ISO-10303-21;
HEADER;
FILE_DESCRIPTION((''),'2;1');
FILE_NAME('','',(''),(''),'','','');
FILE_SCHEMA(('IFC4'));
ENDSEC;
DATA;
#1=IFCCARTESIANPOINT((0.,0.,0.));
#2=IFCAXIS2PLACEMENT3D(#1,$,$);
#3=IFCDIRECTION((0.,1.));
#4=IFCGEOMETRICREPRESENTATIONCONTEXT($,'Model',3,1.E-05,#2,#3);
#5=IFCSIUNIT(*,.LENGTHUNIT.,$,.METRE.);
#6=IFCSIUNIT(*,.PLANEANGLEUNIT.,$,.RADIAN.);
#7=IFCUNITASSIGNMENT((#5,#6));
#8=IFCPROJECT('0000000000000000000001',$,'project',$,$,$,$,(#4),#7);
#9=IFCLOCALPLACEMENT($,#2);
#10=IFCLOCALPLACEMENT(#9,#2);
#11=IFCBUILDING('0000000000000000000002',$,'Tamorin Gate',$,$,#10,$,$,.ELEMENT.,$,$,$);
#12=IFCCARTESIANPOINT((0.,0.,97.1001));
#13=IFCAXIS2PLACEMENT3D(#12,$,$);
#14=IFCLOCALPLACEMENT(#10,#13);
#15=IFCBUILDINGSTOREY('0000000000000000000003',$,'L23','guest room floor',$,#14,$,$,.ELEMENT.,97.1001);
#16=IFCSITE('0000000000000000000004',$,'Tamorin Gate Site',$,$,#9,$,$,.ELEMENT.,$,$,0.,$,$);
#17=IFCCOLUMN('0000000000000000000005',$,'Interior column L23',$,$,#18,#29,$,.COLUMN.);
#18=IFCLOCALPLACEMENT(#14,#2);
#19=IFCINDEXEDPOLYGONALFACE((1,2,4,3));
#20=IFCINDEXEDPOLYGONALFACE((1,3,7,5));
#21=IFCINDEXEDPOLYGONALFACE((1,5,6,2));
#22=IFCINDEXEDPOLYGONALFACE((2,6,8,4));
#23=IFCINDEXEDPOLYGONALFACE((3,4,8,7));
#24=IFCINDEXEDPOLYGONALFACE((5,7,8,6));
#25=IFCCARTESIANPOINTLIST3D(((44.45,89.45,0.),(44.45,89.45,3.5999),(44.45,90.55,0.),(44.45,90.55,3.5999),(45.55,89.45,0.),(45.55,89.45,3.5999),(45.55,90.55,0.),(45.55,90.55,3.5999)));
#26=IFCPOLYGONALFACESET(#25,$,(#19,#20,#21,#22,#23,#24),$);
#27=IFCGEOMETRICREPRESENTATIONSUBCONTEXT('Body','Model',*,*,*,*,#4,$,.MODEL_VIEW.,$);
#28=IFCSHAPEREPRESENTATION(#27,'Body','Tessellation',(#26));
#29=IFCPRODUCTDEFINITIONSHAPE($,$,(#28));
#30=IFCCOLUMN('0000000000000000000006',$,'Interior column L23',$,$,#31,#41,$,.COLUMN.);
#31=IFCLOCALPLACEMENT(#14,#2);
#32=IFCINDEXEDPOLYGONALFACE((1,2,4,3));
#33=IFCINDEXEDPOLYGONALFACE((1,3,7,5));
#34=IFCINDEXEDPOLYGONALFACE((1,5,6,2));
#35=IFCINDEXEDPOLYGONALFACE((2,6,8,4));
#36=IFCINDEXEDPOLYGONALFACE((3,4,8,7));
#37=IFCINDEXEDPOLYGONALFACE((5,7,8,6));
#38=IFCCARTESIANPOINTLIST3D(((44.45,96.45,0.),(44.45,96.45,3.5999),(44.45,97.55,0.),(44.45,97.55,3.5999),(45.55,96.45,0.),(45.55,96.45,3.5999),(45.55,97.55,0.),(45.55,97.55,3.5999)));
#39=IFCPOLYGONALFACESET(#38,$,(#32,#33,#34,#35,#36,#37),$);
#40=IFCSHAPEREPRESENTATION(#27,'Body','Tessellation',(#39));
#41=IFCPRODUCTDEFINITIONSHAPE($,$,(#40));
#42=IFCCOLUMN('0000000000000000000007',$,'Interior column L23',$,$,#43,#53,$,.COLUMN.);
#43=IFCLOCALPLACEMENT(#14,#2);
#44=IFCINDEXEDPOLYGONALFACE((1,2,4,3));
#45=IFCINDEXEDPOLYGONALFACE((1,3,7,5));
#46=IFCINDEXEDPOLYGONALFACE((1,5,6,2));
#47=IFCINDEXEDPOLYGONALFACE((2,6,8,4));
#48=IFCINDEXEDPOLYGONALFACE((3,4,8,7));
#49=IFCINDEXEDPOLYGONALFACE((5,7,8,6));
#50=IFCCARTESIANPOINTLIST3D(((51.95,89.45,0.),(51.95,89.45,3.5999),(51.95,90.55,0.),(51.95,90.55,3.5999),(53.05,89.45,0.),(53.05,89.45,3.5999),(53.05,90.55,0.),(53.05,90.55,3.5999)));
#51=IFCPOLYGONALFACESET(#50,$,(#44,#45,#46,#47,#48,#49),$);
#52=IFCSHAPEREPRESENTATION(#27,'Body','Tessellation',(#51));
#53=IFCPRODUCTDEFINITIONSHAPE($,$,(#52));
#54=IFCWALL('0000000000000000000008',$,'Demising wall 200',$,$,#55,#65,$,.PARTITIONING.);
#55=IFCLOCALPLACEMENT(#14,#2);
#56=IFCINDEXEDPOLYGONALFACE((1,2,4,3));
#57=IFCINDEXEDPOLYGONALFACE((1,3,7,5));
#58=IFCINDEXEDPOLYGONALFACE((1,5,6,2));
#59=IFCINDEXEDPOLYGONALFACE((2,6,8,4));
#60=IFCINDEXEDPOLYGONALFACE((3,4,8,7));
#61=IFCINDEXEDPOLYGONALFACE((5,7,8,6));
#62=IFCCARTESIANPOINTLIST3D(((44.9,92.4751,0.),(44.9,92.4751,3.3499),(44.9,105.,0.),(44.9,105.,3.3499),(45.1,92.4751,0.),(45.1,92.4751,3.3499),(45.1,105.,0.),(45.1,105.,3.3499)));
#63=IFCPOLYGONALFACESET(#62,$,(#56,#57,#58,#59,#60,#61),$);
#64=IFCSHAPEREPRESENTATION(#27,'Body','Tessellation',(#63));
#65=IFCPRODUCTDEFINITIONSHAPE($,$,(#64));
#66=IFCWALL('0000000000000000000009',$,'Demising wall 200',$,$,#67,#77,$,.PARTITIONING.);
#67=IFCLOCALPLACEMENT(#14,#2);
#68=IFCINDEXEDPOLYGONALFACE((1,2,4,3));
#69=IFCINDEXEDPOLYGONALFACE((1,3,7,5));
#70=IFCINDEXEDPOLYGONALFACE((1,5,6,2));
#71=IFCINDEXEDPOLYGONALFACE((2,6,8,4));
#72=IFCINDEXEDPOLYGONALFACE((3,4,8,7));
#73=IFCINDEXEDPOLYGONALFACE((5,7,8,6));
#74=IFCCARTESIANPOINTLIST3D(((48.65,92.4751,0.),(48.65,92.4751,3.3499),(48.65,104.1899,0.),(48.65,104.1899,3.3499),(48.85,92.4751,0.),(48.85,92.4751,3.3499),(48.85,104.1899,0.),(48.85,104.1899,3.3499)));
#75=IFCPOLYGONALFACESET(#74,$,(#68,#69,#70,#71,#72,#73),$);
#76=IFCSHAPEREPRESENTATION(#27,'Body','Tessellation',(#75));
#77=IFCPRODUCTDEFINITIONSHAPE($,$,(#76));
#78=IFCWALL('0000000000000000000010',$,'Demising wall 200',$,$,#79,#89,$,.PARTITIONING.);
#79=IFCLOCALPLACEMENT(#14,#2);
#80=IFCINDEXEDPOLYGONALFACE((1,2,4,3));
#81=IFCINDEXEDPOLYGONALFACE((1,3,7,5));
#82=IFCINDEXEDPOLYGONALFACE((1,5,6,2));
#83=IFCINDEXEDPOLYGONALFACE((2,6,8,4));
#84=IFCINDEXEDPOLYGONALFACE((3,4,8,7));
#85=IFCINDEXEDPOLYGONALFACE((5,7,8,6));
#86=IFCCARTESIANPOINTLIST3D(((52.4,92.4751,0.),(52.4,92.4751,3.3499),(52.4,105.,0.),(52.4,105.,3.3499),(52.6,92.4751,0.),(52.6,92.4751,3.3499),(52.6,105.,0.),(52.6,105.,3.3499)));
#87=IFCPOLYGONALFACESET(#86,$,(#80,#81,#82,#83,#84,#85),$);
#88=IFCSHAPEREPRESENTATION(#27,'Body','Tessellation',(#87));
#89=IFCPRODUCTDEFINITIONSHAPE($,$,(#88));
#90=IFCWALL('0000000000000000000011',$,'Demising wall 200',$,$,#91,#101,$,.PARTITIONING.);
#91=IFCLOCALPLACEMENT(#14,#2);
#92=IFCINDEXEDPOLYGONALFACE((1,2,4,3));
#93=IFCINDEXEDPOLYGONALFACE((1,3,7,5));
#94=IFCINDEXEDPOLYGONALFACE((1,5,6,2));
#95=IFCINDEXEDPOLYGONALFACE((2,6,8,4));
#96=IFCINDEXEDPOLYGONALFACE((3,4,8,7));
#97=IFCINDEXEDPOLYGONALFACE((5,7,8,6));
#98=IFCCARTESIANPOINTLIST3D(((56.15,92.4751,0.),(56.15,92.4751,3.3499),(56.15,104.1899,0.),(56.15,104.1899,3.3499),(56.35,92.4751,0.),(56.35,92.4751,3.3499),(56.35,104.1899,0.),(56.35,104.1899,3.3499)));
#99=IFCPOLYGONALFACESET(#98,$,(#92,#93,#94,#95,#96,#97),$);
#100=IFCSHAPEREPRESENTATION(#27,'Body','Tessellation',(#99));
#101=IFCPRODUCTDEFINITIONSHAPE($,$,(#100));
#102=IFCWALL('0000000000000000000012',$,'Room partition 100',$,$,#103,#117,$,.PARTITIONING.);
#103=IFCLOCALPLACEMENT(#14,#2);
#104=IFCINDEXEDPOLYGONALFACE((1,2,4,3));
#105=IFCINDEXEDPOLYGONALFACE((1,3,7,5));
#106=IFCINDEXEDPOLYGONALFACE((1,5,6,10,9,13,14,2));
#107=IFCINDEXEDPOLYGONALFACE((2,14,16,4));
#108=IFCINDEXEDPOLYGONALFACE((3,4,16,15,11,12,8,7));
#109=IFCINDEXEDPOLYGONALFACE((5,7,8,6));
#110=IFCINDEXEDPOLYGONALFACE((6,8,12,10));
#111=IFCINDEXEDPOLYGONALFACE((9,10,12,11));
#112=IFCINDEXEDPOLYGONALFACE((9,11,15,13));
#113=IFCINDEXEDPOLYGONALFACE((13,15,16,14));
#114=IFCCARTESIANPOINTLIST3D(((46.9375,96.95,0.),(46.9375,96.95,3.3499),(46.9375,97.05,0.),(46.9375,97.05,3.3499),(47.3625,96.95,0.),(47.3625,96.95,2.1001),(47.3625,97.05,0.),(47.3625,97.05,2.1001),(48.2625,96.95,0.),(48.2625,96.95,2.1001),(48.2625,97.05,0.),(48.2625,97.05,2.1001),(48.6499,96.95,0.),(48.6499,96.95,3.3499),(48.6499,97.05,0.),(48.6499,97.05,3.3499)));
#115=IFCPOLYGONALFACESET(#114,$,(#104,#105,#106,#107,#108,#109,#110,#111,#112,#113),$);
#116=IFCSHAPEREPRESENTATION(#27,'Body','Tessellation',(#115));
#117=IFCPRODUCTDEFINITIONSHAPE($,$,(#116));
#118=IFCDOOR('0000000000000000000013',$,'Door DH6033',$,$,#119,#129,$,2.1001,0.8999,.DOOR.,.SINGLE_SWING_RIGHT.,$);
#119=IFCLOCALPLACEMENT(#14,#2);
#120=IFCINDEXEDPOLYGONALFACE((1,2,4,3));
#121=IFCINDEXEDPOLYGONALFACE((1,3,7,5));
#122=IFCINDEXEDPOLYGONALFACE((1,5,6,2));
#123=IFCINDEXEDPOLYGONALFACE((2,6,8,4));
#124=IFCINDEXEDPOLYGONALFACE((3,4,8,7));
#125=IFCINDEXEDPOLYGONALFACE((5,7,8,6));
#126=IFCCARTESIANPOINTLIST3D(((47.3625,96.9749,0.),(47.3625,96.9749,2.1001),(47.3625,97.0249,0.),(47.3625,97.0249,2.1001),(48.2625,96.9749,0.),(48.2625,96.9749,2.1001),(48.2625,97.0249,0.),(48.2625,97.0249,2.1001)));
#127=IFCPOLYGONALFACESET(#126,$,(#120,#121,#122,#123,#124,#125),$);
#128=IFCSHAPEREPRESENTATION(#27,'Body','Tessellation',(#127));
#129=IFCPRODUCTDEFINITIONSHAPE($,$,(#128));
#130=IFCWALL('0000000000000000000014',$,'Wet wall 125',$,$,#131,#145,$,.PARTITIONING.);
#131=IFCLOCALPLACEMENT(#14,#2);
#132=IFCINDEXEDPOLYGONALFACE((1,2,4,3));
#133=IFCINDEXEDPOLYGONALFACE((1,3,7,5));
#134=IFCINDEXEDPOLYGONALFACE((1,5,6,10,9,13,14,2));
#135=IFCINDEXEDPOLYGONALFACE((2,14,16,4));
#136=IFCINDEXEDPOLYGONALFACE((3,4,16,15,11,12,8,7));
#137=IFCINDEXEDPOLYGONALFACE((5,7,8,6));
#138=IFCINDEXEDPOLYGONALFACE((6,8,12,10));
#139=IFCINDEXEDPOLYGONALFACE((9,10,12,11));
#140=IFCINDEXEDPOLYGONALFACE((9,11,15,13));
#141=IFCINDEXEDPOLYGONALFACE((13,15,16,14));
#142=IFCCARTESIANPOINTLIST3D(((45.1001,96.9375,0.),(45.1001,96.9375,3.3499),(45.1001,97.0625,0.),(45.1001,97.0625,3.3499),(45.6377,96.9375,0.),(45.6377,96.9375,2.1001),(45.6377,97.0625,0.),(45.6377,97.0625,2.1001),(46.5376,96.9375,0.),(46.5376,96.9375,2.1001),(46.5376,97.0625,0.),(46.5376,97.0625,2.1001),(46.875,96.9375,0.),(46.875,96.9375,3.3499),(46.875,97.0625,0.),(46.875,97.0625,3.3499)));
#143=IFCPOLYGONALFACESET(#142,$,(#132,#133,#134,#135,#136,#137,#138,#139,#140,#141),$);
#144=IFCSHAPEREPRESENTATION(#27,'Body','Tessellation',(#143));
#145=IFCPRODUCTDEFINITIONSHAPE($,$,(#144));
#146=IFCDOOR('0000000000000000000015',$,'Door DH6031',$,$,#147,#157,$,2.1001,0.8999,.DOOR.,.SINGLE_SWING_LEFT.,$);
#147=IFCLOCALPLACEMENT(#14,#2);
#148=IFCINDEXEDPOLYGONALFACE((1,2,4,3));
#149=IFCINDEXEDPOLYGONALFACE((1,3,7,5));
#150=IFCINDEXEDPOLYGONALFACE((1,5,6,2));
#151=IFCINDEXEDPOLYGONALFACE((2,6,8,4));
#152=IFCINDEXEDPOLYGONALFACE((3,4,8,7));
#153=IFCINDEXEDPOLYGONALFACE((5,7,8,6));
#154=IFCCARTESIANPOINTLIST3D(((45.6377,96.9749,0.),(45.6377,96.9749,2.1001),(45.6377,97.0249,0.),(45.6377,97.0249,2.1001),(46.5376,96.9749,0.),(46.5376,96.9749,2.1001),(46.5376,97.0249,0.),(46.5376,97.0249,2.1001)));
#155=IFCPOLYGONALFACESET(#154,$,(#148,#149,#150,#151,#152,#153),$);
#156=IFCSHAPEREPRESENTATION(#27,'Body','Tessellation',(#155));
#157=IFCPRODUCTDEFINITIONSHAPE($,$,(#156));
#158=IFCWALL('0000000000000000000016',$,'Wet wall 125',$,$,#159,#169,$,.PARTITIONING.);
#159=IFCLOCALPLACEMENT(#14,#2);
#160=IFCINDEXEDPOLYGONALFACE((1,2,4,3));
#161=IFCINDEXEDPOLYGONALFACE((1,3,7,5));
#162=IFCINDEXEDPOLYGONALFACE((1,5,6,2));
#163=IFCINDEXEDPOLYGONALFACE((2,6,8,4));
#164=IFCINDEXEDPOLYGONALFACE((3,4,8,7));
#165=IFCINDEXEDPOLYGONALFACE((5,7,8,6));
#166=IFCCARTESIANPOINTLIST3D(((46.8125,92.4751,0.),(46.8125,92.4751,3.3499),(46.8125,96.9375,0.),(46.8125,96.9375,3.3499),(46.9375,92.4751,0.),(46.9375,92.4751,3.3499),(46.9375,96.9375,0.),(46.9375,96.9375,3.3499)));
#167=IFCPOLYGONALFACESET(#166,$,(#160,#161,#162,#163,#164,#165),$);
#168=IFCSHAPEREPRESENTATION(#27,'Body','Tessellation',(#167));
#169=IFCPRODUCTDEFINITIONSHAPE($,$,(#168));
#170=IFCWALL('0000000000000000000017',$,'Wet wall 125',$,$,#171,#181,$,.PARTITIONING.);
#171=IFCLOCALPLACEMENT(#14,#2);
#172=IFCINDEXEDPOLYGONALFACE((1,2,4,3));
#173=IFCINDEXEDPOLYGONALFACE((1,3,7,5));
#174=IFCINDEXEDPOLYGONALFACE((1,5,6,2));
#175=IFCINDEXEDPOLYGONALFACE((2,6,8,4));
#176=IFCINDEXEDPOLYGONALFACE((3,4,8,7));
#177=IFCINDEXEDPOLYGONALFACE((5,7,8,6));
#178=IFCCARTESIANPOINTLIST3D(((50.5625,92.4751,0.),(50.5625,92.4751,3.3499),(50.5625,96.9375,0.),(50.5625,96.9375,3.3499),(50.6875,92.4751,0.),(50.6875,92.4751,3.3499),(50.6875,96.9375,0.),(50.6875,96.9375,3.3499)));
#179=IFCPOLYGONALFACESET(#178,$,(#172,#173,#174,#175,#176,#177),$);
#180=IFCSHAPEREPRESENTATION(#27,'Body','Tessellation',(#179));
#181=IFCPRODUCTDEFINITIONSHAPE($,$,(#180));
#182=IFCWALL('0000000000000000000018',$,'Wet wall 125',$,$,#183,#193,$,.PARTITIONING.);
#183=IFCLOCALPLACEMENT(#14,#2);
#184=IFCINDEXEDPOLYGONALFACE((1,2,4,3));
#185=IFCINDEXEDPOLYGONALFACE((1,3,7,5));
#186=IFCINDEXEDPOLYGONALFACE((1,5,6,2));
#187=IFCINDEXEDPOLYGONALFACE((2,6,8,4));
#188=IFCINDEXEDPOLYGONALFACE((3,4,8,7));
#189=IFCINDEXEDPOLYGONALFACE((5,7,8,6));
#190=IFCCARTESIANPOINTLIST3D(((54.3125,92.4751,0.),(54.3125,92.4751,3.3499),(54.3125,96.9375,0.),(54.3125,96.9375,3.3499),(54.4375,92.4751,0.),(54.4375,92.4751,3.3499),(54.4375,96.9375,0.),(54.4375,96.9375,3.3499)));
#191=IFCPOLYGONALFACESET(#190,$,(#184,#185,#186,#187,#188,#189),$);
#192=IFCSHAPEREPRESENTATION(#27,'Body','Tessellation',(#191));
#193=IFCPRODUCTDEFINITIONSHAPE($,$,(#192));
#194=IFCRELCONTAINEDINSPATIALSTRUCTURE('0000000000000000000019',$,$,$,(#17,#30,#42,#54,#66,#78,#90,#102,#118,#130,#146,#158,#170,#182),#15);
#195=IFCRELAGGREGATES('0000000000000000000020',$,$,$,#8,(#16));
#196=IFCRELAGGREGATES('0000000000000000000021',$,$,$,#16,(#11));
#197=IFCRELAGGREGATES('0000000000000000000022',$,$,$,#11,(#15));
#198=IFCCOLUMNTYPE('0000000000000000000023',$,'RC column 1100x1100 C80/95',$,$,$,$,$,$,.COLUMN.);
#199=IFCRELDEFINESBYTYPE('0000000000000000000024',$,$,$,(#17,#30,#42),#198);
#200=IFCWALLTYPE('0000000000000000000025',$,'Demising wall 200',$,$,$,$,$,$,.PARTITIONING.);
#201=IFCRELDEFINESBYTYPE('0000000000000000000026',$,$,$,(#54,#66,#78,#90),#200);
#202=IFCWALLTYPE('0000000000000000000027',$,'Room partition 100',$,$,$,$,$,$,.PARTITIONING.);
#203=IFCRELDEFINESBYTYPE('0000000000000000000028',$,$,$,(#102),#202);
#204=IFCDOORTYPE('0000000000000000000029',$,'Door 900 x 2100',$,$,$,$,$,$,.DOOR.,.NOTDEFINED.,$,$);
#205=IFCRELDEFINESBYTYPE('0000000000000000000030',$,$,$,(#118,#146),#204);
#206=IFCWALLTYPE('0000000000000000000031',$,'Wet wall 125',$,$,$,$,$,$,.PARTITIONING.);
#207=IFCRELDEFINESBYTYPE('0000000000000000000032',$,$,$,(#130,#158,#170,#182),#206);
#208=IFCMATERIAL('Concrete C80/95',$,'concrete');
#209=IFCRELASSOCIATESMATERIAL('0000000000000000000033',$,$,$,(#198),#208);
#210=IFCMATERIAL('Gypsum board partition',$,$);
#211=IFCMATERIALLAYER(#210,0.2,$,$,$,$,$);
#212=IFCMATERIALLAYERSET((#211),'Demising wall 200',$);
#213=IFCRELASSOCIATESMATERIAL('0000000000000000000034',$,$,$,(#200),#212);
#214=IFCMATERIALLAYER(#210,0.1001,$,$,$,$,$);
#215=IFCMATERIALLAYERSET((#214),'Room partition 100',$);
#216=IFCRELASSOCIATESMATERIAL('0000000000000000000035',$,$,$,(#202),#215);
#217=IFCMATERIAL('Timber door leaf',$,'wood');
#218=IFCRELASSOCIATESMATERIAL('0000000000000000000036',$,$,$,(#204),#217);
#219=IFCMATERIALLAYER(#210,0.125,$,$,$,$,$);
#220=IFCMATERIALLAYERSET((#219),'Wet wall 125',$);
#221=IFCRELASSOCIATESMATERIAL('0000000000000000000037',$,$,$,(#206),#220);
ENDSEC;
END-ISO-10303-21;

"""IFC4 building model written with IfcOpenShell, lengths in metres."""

from ifc_helpers import new_model, si_unit, direction, frame, frame_2d, origin, origin_2d, place, context, subcontext, project, spatial, rectangle, extrude, material, layer, layer_set, material_profile, profile_set, type_object, element, fill, save


model = new_model("IFC4")

# Units and contexts
model_context = context("Model", 3, precision=1e-05, world=origin(), true_north=direction((0.0, 1.0)))
body_context = subcontext(model_context, "Body", "Model", "MODEL_VIEW")
ifc_project = project(units=[si_unit("LENGTHUNIT", "METRE"), si_unit("PLANEANGLEUNIT", "RADIAN")], contexts=[model_context])

# Site, building, storey
site_placement = place(None, origin())
site = spatial("IfcSite", under=ifc_project, at=site_placement, Name="Tamorin Gate Site", CompositionType="ELEMENT", RefElevation=0.0)
building_placement = place(site_placement, origin())
building = spatial("IfcBuilding", under=site, at=building_placement, Name="Tamorin Gate", CompositionType="ELEMENT")
storey_placement = place(building_placement, frame((0.0, 0.0, 97.1001)))
storey = spatial("IfcBuildingStorey", under=building, at=storey_placement, Name="L23", Description="guest room floor", CompositionType="ELEMENT", Elevation=97.1001)

# Columns
ifc_material_1 = material(Name="Concrete C80/95", Category="concrete")
ifc_material_profile = material_profile(ifc_material_1, rectangle(XDim=1.1001, YDim=1.1001, at=origin_2d()), Name="RC 1100x1100")
ifc_profile_set = profile_set([ifc_material_profile], Name="Concrete C80/95")
column_type = type_object("IfcColumnType", Name="RC column 1100x1100 C80/95", PredefinedType="COLUMN", material=ifc_profile_set)
for number, where, z_axis, x_axis, name in (
    (1, (45.0, 90.0, 0.0), (0.0, 0.0, 1.0), (1.0, 0.0, 0.0), "Interior column L23"),
    (2, (45.0, 97.0, 0.0), (0.0, 0.0, 1.0), (1.0, 0.0, 0.0), "Interior column L23"),
    (3, (52.5, 90.0, 0.0), (0.0, 0.0, 1.0), (1.0, 0.0, 0.0), "Interior column L23"),
):
    element("IfcColumn", number, at=place(storey_placement, frame(where, z_axis=z_axis, x_axis=x_axis)), inside=storey, type_object=column_type, Name=name, PredefinedType="COLUMN", context=body_context, shape_type="SweptSolid", body=[
        extrude(rectangle(XDim=1.1001, YDim=1.1001, at=origin_2d()), origin(), (0.0, 0.0, 1.0), 3.5999),
    ])

# Walls
ifc_material_2 = material(Name="Gypsum board partition")
ifc_layer_1 = layer(ifc_material_2, 0.2)
ifc_layer_set_1 = layer_set([ifc_layer_1], Name="Demising wall 200")
wall_type_1 = type_object("IfcWallType", Name="Demising wall 200", PredefinedType="PARTITIONING", material=ifc_layer_set_1)
wall_1_placement = place(storey_placement, frame((45.0, 92.4751, 0.0), z_axis=(0.0, 0.0, 1.0), x_axis=(0.0, 1.0, 0.0)))
element("IfcWall", 4, at=wall_1_placement, inside=storey, type_object=wall_type_1, Name="Demising wall 200", PredefinedType="PARTITIONING", context=body_context, shape_type="SweptSolid", body=[
    extrude(rectangle(XDim=12.5249, YDim=0.2, at=frame_2d((6.2625, 0.0))), origin(), (0.0, 0.0, 1.0), 3.3499),
])
wall_2_placement = place(storey_placement, frame((48.75, 92.4751, 0.0), z_axis=(0.0, 0.0, 1.0), x_axis=(0.0, 1.0, 0.0)))
element("IfcWall", 5, at=wall_2_placement, inside=storey, type_object=wall_type_1, Name="Demising wall 200", PredefinedType="PARTITIONING", context=body_context, shape_type="SweptSolid", body=[
    extrude(rectangle(XDim=11.7148, YDim=0.2, at=frame_2d((5.8574, 0.0))), origin(), (0.0, 0.0, 1.0), 3.3499),
])
wall_3_placement = place(storey_placement, frame((52.5, 92.4751, 0.0), z_axis=(0.0, 0.0, 1.0), x_axis=(0.0, 1.0, 0.0)))
element("IfcWall", 6, at=wall_3_placement, inside=storey, type_object=wall_type_1, Name="Demising wall 200", PredefinedType="PARTITIONING", context=body_context, shape_type="SweptSolid", body=[
    extrude(rectangle(XDim=12.5249, YDim=0.2, at=frame_2d((6.2625, 0.0))), origin(), (0.0, 0.0, 1.0), 3.3499),
])
wall_4_placement = place(storey_placement, frame((56.25, 92.4751, 0.0), z_axis=(0.0, 0.0, 1.0), x_axis=(0.0, 1.0, 0.0)))
element("IfcWall", 7, at=wall_4_placement, inside=storey, type_object=wall_type_1, Name="Demising wall 200", PredefinedType="PARTITIONING", context=body_context, shape_type="SweptSolid", body=[
    extrude(rectangle(XDim=11.7148, YDim=0.2, at=frame_2d((5.8574, 0.0))), origin(), (0.0, 0.0, 1.0), 3.3499),
])

# Walls, openings, doors
ifc_layer_2 = layer(ifc_material_2, 0.1001)
ifc_layer_set_2 = layer_set([ifc_layer_2], Name="Room partition 100")
wall_type_2 = type_object("IfcWallType", Name="Room partition 100", PredefinedType="PARTITIONING", material=ifc_layer_set_2)
wall_5_placement = place(storey_placement, frame((46.9375, 97.0, 0.0), z_axis=(0.0, 0.0, 1.0), x_axis=(1.0, 0.0, 0.0)))
wall_5 = element("IfcWall", 8, at=wall_5_placement, inside=storey, type_object=wall_type_2, Name="Room partition 100", PredefinedType="PARTITIONING", context=body_context, shape_type="SweptSolid", body=[
    extrude(rectangle(XDim=1.7124, YDim=0.1001, at=frame_2d((0.8562, 0.0))), origin(), (0.0, 0.0, 1.0), 3.3499),
])
opening_1_placement = place(wall_5_placement, frame((0.425, 0.0, 0.0)))
opening_1 = element("IfcOpeningElement", 9, at=opening_1_placement, cuts=wall_5, PredefinedType="OPENING", context=body_context, shape_type="SweptSolid", body=[
    extrude(rectangle(XDim=0.8999, YDim=2.1001, at=frame_2d((0.45, 1.05))), frame((0.0, 0.0601, 0.0), z_axis=(0.0, -1.0, 0.0), x_axis=(1.0, 0.0, 0.0)), (0.0, 0.0, 1.0), 0.1201),
])
ifc_material_3 = material(Name="Timber door leaf", Category="wood")
door_type = type_object("IfcDoorType", Name="Door 900 x 2100", OperationType="NOTDEFINED", PredefinedType="DOOR", material=ifc_material_3)
door_1_placement = place(opening_1_placement, origin())
door_1 = element("IfcDoor", 10, at=door_1_placement, inside=storey, type_object=door_type, Name="Door DH6033", OperationType="SINGLE_SWING_RIGHT", OverallHeight=2.1001, OverallWidth=0.8999, PredefinedType="DOOR", context=body_context, shape_type="SweptSolid", body=[
    extrude(rectangle(XDim=0.8999, YDim=2.1001, at=frame_2d((0.45, 1.05))), frame((0.0, 0.0249, 0.0), z_axis=(0.0, -1.0, 0.0), x_axis=(1.0, 0.0, 0.0)), (0.0, 0.0, 1.0), 0.05),
])
fill(opening_1, door_1)
ifc_layer_3 = layer(ifc_material_2, 0.125)
ifc_layer_set_3 = layer_set([ifc_layer_3], Name="Wet wall 125")
wall_type_3 = type_object("IfcWallType", Name="Wet wall 125", PredefinedType="PARTITIONING", material=ifc_layer_set_3)
wall_6_placement = place(storey_placement, frame((45.1001, 97.0, 0.0), z_axis=(0.0, 0.0, 1.0), x_axis=(1.0, 0.0, 0.0)))
wall_6 = element("IfcWall", 11, at=wall_6_placement, inside=storey, type_object=wall_type_3, Name="Wet wall 125", PredefinedType="PARTITIONING", context=body_context, shape_type="SweptSolid", body=[
    extrude(rectangle(XDim=1.7749, YDim=0.125, at=frame_2d((0.8875, 0.0))), origin(), (0.0, 0.0, 1.0), 3.3499),
])
opening_2_placement = place(wall_6_placement, frame((0.5376, 0.0, 0.0)))
opening_2 = element("IfcOpeningElement", 12, at=opening_2_placement, cuts=wall_6, PredefinedType="OPENING", context=body_context, shape_type="SweptSolid", body=[
    extrude(rectangle(XDim=0.8999, YDim=2.1001, at=frame_2d((0.45, 1.05))), frame((0.0, 0.0725, 0.0), z_axis=(0.0, -1.0, 0.0), x_axis=(1.0, 0.0, 0.0)), (0.0, 0.0, 1.0), 0.145),
])
door_2_placement = place(opening_2_placement, origin())
door_2 = element("IfcDoor", 13, at=door_2_placement, inside=storey, type_object=door_type, Name="Door DH6031", OperationType="SINGLE_SWING_LEFT", OverallHeight=2.1001, OverallWidth=0.8999, PredefinedType="DOOR", context=body_context, shape_type="SweptSolid", body=[
    extrude(rectangle(XDim=0.8999, YDim=2.1001, at=frame_2d((0.45, 1.05))), frame((0.0, 0.0249, 0.0), z_axis=(0.0, -1.0, 0.0), x_axis=(1.0, 0.0, 0.0)), (0.0, 0.0, 1.0), 0.05),
])
fill(opening_2, door_2)

# Walls
for number, where, z_axis, x_axis, name in (
    (14, (46.875, 92.4751, 0.0), (0.0, 0.0, 1.0), (0.0, 1.0, 0.0), "Wet wall 125"),
    (15, (50.625, 92.4751, 0.0), (0.0, 0.0, 1.0), (0.0, 1.0, 0.0), "Wet wall 125"),
    (16, (54.375, 92.4751, 0.0), (0.0, 0.0, 1.0), (0.0, 1.0, 0.0), "Wet wall 125"),
):
    element("IfcWall", number, at=place(storey_placement, frame(where, z_axis=z_axis, x_axis=x_axis)), inside=storey, type_object=wall_type_3, Name=name, PredefinedType="PARTITIONING", context=body_context, shape_type="SweptSolid", body=[
        extrude(rectangle(XDim=4.4624, YDim=0.125, at=frame_2d((2.2312, 0.0))), origin(), (0.0, 0.0, 1.0), 3.3499),
    ])

save(model, "model.ifc")
